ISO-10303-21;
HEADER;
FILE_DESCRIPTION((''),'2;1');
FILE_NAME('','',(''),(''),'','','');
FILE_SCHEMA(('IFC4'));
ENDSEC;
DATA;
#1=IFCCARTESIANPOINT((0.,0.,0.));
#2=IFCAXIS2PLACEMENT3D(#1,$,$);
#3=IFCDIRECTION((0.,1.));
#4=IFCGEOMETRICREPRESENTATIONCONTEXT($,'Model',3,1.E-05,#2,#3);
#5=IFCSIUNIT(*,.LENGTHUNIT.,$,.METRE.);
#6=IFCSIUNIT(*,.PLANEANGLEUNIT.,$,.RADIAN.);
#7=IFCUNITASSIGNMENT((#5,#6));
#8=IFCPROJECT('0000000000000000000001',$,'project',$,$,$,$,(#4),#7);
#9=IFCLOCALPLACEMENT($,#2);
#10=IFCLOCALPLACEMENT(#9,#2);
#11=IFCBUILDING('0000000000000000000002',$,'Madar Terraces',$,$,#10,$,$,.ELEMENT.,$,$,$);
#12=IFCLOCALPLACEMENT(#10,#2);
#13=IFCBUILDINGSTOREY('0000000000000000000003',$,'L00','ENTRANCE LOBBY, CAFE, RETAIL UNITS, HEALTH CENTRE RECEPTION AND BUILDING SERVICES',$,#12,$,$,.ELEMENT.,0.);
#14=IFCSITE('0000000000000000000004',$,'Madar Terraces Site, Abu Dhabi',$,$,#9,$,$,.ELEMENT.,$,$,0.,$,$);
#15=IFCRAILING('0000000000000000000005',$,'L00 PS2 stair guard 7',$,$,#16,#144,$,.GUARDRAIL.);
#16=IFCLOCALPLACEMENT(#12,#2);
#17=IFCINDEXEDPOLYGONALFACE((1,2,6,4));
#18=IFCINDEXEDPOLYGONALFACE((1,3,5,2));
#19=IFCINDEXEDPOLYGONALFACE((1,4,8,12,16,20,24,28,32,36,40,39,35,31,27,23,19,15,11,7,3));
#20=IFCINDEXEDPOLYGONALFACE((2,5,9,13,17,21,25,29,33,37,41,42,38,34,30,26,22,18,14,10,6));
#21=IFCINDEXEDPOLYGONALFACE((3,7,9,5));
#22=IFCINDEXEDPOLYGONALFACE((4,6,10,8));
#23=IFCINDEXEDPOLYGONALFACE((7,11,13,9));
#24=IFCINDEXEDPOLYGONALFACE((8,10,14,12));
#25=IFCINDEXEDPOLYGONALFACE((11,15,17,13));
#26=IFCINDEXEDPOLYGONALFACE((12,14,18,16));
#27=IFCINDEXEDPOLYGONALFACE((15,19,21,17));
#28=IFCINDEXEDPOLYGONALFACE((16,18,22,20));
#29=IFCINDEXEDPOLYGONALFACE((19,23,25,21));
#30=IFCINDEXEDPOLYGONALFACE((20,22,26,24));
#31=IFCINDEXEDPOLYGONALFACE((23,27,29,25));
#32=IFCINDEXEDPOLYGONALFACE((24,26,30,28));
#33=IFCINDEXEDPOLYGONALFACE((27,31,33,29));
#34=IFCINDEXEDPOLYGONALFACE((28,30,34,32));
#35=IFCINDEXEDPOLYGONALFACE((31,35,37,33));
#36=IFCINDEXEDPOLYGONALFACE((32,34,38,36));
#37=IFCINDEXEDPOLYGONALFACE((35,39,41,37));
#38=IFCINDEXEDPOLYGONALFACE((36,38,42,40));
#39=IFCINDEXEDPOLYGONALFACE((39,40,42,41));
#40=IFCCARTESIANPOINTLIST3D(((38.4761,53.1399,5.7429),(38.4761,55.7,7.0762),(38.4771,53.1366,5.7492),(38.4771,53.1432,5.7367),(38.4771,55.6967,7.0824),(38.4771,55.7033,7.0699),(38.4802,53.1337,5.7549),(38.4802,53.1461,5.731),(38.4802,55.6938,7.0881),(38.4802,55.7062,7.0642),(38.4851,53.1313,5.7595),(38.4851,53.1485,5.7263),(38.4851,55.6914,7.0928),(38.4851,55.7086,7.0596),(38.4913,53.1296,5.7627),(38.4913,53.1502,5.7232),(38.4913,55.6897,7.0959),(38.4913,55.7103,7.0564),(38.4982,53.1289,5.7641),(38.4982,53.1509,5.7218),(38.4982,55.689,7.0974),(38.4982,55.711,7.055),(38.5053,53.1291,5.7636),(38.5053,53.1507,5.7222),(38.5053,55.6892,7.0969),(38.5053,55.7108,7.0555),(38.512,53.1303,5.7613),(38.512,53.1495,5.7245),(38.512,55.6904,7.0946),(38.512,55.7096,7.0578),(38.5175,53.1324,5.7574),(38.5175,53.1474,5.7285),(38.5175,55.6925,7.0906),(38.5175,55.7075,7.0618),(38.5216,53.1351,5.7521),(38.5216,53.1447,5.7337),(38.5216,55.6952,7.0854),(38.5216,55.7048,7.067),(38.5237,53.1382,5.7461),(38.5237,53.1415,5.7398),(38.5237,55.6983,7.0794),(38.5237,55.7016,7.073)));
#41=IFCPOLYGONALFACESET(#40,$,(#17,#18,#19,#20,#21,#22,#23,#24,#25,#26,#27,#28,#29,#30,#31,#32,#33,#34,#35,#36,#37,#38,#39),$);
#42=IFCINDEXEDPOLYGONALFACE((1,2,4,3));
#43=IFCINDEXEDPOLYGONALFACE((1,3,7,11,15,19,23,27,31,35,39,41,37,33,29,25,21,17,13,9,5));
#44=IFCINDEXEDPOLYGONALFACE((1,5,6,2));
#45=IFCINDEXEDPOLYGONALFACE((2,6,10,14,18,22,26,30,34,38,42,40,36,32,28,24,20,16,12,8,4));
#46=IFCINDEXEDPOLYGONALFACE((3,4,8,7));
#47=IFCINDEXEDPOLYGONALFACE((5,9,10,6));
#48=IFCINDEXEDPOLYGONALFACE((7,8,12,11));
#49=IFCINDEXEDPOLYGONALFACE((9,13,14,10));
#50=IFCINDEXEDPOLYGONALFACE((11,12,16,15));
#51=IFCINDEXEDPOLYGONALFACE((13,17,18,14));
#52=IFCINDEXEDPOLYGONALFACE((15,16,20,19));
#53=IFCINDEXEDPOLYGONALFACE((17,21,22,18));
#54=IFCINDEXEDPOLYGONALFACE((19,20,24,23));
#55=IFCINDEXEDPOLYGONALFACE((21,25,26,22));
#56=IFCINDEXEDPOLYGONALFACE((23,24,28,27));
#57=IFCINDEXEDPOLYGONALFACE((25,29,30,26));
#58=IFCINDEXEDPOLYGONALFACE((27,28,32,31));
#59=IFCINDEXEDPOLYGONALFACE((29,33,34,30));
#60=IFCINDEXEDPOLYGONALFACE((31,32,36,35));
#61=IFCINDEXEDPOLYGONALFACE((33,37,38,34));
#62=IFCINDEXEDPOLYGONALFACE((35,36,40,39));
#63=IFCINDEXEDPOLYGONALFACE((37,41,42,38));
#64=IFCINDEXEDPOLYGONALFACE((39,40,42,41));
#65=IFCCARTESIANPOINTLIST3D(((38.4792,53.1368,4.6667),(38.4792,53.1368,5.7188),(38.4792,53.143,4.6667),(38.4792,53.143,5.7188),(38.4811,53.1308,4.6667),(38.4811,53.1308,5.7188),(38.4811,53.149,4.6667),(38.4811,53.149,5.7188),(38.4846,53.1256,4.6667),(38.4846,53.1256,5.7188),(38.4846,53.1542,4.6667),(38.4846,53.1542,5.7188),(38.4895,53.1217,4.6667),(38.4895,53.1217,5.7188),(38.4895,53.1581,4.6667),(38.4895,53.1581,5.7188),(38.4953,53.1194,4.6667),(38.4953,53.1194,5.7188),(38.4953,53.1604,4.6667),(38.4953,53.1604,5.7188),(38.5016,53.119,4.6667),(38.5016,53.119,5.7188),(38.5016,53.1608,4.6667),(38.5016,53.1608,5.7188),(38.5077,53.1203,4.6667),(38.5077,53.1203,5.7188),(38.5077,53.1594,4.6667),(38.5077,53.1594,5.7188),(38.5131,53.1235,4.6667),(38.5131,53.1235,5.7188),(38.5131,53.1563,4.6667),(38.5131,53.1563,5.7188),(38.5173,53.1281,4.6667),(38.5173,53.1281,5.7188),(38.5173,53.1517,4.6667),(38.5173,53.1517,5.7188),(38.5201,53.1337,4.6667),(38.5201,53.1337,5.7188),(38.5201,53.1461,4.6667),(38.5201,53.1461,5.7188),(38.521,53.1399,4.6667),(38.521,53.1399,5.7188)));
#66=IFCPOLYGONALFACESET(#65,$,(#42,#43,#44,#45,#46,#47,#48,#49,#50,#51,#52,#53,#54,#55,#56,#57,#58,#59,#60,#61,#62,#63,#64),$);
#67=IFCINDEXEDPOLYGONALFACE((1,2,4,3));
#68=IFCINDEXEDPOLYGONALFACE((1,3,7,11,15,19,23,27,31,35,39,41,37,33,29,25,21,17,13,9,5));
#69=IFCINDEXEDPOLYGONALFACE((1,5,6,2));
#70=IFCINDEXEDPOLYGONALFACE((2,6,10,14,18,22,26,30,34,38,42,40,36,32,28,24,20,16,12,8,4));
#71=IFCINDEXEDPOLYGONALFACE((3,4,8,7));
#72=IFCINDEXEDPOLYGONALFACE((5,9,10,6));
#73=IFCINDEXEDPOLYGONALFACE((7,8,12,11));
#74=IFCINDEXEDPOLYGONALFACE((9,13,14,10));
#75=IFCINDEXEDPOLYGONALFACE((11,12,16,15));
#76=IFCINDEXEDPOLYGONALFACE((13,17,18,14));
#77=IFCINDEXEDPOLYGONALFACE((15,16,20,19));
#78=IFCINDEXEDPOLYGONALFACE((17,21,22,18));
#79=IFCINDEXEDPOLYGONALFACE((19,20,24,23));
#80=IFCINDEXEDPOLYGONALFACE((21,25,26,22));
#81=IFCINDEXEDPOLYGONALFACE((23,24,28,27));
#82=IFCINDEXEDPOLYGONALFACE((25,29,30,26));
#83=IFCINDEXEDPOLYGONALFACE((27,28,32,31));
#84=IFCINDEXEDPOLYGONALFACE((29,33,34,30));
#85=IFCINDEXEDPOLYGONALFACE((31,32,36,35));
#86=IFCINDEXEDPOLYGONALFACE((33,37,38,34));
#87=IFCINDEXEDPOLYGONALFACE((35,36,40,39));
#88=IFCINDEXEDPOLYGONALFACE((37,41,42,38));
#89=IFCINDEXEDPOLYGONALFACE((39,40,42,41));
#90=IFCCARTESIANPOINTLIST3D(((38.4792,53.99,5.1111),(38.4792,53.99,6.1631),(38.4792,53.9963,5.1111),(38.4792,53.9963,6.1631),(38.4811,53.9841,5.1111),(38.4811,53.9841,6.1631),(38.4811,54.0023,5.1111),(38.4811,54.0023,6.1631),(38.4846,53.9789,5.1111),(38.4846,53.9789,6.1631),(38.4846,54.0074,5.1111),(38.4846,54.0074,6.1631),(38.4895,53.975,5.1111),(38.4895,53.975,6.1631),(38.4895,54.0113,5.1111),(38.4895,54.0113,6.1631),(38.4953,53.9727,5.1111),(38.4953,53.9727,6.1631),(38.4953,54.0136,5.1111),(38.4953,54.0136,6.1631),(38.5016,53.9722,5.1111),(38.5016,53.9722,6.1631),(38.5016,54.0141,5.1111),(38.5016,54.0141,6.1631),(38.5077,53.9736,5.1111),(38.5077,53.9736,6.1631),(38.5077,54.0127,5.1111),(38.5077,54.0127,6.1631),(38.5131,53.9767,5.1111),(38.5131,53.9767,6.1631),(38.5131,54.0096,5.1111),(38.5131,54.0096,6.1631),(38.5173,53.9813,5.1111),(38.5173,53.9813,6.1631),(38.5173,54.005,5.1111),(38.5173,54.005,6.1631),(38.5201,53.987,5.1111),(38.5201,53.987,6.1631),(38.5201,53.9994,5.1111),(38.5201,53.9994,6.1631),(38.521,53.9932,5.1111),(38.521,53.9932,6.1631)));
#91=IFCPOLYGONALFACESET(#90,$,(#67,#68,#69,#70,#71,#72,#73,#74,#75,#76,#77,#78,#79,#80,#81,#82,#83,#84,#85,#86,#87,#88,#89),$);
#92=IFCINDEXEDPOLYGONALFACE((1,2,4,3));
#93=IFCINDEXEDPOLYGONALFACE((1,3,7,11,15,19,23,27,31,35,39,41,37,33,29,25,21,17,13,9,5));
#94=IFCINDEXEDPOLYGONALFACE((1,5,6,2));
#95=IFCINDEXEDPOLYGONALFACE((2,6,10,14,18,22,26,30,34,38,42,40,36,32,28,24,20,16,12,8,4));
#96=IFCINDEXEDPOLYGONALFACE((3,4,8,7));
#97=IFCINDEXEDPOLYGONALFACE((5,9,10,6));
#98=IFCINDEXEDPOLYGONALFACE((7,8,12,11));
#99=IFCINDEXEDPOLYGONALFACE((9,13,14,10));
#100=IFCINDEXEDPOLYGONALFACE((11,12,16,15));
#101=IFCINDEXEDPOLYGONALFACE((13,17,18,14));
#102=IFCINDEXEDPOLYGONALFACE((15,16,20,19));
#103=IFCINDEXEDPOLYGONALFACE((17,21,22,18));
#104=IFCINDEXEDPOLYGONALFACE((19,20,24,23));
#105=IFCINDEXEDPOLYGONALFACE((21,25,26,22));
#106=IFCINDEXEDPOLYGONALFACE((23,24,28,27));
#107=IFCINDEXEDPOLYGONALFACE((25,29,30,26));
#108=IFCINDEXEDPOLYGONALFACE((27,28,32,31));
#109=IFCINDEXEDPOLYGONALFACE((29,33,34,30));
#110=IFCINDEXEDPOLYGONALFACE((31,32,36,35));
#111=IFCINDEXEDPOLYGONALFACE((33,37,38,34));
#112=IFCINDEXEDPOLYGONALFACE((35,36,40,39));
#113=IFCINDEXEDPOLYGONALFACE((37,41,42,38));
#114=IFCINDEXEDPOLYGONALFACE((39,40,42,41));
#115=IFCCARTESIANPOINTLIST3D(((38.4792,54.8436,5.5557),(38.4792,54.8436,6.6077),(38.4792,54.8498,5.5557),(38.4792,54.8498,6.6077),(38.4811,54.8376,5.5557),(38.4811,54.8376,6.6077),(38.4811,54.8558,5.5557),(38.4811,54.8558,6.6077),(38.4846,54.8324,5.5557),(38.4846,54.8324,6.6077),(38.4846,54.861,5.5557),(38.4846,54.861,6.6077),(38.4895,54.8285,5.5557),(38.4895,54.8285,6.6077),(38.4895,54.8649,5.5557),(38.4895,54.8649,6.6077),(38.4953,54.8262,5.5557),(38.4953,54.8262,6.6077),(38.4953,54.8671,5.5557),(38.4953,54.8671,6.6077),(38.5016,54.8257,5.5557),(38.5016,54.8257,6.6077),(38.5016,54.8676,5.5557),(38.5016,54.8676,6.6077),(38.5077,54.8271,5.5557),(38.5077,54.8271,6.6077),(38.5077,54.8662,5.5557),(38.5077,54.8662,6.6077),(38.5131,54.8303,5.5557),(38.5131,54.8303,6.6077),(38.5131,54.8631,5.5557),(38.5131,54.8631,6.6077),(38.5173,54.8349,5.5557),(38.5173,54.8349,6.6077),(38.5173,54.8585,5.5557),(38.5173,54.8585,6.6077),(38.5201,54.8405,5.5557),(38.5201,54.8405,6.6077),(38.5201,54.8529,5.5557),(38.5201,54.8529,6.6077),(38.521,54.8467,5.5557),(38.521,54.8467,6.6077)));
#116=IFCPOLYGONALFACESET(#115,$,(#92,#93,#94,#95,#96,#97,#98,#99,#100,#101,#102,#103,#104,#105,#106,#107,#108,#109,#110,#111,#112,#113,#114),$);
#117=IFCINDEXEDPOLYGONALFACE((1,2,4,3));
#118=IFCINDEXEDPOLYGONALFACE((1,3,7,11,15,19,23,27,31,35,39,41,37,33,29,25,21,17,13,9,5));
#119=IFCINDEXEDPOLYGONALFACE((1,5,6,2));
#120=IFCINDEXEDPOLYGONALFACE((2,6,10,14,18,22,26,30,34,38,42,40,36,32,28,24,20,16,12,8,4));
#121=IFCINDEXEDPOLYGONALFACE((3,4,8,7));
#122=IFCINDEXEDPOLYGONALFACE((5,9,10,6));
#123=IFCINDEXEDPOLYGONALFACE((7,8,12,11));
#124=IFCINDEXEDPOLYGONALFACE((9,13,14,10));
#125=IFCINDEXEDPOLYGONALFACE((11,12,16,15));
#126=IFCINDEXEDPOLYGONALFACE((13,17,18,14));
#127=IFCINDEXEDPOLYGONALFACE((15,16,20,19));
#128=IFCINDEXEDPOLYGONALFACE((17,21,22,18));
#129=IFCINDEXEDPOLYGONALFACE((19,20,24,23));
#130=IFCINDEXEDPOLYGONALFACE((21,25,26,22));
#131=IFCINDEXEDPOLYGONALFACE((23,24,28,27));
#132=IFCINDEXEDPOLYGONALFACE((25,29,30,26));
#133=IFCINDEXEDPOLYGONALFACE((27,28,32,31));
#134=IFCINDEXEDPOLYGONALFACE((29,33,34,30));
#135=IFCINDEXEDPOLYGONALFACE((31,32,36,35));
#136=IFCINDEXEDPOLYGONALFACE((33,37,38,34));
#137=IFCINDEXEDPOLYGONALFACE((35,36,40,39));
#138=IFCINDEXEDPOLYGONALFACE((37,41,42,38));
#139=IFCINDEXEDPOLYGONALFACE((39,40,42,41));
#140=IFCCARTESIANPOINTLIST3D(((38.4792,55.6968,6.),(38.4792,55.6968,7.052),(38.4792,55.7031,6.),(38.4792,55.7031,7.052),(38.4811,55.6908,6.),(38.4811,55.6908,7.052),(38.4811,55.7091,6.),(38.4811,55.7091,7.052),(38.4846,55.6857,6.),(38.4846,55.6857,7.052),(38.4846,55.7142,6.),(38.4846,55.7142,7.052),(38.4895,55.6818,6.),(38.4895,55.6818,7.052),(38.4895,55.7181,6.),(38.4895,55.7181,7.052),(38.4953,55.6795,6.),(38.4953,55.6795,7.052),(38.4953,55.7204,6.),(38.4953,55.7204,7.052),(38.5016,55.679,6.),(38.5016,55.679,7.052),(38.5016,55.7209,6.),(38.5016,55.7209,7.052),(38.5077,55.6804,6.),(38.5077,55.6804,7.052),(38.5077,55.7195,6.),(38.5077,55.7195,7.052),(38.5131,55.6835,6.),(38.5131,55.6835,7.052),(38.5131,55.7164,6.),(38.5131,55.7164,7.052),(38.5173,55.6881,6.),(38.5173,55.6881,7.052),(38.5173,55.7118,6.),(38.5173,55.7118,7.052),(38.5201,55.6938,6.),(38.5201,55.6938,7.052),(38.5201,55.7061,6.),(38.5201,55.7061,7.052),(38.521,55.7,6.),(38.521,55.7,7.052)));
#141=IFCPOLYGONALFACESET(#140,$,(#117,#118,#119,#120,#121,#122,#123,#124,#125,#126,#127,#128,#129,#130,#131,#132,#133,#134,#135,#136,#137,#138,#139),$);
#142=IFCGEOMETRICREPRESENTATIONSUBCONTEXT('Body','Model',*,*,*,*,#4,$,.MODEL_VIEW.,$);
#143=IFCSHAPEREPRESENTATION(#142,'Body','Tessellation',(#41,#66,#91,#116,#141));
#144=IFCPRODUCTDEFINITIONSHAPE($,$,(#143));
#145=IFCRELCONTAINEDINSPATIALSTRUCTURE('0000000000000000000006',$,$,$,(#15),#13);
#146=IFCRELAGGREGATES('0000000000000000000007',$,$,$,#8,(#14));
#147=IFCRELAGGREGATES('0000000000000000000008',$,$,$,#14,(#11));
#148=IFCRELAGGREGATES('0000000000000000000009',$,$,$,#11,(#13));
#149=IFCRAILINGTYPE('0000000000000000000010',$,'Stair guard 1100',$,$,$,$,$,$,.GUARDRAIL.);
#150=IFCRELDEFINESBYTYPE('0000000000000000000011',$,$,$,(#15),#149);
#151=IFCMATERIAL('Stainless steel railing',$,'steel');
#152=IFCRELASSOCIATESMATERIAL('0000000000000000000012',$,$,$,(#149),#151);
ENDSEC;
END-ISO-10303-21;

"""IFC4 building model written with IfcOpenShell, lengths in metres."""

from ifc_helpers import new_model, si_unit, direction, frame, origin, origin_2d, place, context, subcontext, project, spatial, circle, extrude, material, type_object, element, save


model = new_model("IFC4")

# Units and contexts
model_context = context("Model", 3, precision=1e-05, world=origin(), true_north=direction((0.0, 1.0)))
body_context = subcontext(model_context, "Body", "Model", "MODEL_VIEW")
ifc_project = project(units=[si_unit("LENGTHUNIT", "METRE"), si_unit("PLANEANGLEUNIT", "RADIAN")], contexts=[model_context])

# Site, building, storey
site_placement = place(None, origin())
site = spatial("IfcSite", under=ifc_project, at=site_placement, Name="Madar Terraces Site, Abu Dhabi", CompositionType="ELEMENT", RefElevation=0.0)
building_placement = place(site_placement, origin())
building = spatial("IfcBuilding", under=site, at=building_placement, Name="Madar Terraces", CompositionType="ELEMENT")
storey_placement = place(building_placement, origin())
storey = spatial("IfcBuildingStorey", under=building, at=storey_placement, Name="L00", Description="ENTRANCE LOBBY, CAFE, RETAIL UNITS, HEALTH CENTRE RECEPTION AND BUILDING SERVICES", CompositionType="ELEMENT", Elevation=0.0)

# Railing
ifc_material_1 = material(Name="Stainless steel railing", Category="steel")
railing_type_1 = type_object("IfcRailingType", Name="Stair guard 1100", PredefinedType="GUARDRAIL", material=ifc_material_1)
railing_1_placement = place(storey_placement, frame((38.5, 53.1399, 4.6667)))
element("IfcRailing", 1, at=railing_1_placement, inside=storey, type_object=railing_type_1, Name="L00 PS2 stair guard 7", PredefinedType="GUARDRAIL", context=body_context, shape_type="SweptSolid", body=[
    extrude(circle(Radius=0.0239, at=origin_2d()), frame((0.0, 0.0, 1.0762), z_axis=(0.0, 0.88693, 0.461904), x_axis=(-1.0, 0.0, 0.0)), (0.0, 0.0, 1.0), 2.8865),
    extrude(circle(Radius=0.021, at=origin_2d()), origin(), (0.0, 0.0, 1.0), 1.052),
    extrude(circle(Radius=0.021, at=origin_2d()), frame((0.0, 0.8533, 0.4443)), (0.0, 0.0, 1.0), 1.052),
    extrude(circle(Radius=0.021, at=origin_2d()), frame((0.0, 1.7068, 0.8889)), (0.0, 0.0, 1.0), 1.052),
    extrude(circle(Radius=0.021, at=origin_2d()), frame((0.0, 2.5601, 1.3333)), (0.0, 0.0, 1.0), 1.052),
])

save(model, "model.ifc")
